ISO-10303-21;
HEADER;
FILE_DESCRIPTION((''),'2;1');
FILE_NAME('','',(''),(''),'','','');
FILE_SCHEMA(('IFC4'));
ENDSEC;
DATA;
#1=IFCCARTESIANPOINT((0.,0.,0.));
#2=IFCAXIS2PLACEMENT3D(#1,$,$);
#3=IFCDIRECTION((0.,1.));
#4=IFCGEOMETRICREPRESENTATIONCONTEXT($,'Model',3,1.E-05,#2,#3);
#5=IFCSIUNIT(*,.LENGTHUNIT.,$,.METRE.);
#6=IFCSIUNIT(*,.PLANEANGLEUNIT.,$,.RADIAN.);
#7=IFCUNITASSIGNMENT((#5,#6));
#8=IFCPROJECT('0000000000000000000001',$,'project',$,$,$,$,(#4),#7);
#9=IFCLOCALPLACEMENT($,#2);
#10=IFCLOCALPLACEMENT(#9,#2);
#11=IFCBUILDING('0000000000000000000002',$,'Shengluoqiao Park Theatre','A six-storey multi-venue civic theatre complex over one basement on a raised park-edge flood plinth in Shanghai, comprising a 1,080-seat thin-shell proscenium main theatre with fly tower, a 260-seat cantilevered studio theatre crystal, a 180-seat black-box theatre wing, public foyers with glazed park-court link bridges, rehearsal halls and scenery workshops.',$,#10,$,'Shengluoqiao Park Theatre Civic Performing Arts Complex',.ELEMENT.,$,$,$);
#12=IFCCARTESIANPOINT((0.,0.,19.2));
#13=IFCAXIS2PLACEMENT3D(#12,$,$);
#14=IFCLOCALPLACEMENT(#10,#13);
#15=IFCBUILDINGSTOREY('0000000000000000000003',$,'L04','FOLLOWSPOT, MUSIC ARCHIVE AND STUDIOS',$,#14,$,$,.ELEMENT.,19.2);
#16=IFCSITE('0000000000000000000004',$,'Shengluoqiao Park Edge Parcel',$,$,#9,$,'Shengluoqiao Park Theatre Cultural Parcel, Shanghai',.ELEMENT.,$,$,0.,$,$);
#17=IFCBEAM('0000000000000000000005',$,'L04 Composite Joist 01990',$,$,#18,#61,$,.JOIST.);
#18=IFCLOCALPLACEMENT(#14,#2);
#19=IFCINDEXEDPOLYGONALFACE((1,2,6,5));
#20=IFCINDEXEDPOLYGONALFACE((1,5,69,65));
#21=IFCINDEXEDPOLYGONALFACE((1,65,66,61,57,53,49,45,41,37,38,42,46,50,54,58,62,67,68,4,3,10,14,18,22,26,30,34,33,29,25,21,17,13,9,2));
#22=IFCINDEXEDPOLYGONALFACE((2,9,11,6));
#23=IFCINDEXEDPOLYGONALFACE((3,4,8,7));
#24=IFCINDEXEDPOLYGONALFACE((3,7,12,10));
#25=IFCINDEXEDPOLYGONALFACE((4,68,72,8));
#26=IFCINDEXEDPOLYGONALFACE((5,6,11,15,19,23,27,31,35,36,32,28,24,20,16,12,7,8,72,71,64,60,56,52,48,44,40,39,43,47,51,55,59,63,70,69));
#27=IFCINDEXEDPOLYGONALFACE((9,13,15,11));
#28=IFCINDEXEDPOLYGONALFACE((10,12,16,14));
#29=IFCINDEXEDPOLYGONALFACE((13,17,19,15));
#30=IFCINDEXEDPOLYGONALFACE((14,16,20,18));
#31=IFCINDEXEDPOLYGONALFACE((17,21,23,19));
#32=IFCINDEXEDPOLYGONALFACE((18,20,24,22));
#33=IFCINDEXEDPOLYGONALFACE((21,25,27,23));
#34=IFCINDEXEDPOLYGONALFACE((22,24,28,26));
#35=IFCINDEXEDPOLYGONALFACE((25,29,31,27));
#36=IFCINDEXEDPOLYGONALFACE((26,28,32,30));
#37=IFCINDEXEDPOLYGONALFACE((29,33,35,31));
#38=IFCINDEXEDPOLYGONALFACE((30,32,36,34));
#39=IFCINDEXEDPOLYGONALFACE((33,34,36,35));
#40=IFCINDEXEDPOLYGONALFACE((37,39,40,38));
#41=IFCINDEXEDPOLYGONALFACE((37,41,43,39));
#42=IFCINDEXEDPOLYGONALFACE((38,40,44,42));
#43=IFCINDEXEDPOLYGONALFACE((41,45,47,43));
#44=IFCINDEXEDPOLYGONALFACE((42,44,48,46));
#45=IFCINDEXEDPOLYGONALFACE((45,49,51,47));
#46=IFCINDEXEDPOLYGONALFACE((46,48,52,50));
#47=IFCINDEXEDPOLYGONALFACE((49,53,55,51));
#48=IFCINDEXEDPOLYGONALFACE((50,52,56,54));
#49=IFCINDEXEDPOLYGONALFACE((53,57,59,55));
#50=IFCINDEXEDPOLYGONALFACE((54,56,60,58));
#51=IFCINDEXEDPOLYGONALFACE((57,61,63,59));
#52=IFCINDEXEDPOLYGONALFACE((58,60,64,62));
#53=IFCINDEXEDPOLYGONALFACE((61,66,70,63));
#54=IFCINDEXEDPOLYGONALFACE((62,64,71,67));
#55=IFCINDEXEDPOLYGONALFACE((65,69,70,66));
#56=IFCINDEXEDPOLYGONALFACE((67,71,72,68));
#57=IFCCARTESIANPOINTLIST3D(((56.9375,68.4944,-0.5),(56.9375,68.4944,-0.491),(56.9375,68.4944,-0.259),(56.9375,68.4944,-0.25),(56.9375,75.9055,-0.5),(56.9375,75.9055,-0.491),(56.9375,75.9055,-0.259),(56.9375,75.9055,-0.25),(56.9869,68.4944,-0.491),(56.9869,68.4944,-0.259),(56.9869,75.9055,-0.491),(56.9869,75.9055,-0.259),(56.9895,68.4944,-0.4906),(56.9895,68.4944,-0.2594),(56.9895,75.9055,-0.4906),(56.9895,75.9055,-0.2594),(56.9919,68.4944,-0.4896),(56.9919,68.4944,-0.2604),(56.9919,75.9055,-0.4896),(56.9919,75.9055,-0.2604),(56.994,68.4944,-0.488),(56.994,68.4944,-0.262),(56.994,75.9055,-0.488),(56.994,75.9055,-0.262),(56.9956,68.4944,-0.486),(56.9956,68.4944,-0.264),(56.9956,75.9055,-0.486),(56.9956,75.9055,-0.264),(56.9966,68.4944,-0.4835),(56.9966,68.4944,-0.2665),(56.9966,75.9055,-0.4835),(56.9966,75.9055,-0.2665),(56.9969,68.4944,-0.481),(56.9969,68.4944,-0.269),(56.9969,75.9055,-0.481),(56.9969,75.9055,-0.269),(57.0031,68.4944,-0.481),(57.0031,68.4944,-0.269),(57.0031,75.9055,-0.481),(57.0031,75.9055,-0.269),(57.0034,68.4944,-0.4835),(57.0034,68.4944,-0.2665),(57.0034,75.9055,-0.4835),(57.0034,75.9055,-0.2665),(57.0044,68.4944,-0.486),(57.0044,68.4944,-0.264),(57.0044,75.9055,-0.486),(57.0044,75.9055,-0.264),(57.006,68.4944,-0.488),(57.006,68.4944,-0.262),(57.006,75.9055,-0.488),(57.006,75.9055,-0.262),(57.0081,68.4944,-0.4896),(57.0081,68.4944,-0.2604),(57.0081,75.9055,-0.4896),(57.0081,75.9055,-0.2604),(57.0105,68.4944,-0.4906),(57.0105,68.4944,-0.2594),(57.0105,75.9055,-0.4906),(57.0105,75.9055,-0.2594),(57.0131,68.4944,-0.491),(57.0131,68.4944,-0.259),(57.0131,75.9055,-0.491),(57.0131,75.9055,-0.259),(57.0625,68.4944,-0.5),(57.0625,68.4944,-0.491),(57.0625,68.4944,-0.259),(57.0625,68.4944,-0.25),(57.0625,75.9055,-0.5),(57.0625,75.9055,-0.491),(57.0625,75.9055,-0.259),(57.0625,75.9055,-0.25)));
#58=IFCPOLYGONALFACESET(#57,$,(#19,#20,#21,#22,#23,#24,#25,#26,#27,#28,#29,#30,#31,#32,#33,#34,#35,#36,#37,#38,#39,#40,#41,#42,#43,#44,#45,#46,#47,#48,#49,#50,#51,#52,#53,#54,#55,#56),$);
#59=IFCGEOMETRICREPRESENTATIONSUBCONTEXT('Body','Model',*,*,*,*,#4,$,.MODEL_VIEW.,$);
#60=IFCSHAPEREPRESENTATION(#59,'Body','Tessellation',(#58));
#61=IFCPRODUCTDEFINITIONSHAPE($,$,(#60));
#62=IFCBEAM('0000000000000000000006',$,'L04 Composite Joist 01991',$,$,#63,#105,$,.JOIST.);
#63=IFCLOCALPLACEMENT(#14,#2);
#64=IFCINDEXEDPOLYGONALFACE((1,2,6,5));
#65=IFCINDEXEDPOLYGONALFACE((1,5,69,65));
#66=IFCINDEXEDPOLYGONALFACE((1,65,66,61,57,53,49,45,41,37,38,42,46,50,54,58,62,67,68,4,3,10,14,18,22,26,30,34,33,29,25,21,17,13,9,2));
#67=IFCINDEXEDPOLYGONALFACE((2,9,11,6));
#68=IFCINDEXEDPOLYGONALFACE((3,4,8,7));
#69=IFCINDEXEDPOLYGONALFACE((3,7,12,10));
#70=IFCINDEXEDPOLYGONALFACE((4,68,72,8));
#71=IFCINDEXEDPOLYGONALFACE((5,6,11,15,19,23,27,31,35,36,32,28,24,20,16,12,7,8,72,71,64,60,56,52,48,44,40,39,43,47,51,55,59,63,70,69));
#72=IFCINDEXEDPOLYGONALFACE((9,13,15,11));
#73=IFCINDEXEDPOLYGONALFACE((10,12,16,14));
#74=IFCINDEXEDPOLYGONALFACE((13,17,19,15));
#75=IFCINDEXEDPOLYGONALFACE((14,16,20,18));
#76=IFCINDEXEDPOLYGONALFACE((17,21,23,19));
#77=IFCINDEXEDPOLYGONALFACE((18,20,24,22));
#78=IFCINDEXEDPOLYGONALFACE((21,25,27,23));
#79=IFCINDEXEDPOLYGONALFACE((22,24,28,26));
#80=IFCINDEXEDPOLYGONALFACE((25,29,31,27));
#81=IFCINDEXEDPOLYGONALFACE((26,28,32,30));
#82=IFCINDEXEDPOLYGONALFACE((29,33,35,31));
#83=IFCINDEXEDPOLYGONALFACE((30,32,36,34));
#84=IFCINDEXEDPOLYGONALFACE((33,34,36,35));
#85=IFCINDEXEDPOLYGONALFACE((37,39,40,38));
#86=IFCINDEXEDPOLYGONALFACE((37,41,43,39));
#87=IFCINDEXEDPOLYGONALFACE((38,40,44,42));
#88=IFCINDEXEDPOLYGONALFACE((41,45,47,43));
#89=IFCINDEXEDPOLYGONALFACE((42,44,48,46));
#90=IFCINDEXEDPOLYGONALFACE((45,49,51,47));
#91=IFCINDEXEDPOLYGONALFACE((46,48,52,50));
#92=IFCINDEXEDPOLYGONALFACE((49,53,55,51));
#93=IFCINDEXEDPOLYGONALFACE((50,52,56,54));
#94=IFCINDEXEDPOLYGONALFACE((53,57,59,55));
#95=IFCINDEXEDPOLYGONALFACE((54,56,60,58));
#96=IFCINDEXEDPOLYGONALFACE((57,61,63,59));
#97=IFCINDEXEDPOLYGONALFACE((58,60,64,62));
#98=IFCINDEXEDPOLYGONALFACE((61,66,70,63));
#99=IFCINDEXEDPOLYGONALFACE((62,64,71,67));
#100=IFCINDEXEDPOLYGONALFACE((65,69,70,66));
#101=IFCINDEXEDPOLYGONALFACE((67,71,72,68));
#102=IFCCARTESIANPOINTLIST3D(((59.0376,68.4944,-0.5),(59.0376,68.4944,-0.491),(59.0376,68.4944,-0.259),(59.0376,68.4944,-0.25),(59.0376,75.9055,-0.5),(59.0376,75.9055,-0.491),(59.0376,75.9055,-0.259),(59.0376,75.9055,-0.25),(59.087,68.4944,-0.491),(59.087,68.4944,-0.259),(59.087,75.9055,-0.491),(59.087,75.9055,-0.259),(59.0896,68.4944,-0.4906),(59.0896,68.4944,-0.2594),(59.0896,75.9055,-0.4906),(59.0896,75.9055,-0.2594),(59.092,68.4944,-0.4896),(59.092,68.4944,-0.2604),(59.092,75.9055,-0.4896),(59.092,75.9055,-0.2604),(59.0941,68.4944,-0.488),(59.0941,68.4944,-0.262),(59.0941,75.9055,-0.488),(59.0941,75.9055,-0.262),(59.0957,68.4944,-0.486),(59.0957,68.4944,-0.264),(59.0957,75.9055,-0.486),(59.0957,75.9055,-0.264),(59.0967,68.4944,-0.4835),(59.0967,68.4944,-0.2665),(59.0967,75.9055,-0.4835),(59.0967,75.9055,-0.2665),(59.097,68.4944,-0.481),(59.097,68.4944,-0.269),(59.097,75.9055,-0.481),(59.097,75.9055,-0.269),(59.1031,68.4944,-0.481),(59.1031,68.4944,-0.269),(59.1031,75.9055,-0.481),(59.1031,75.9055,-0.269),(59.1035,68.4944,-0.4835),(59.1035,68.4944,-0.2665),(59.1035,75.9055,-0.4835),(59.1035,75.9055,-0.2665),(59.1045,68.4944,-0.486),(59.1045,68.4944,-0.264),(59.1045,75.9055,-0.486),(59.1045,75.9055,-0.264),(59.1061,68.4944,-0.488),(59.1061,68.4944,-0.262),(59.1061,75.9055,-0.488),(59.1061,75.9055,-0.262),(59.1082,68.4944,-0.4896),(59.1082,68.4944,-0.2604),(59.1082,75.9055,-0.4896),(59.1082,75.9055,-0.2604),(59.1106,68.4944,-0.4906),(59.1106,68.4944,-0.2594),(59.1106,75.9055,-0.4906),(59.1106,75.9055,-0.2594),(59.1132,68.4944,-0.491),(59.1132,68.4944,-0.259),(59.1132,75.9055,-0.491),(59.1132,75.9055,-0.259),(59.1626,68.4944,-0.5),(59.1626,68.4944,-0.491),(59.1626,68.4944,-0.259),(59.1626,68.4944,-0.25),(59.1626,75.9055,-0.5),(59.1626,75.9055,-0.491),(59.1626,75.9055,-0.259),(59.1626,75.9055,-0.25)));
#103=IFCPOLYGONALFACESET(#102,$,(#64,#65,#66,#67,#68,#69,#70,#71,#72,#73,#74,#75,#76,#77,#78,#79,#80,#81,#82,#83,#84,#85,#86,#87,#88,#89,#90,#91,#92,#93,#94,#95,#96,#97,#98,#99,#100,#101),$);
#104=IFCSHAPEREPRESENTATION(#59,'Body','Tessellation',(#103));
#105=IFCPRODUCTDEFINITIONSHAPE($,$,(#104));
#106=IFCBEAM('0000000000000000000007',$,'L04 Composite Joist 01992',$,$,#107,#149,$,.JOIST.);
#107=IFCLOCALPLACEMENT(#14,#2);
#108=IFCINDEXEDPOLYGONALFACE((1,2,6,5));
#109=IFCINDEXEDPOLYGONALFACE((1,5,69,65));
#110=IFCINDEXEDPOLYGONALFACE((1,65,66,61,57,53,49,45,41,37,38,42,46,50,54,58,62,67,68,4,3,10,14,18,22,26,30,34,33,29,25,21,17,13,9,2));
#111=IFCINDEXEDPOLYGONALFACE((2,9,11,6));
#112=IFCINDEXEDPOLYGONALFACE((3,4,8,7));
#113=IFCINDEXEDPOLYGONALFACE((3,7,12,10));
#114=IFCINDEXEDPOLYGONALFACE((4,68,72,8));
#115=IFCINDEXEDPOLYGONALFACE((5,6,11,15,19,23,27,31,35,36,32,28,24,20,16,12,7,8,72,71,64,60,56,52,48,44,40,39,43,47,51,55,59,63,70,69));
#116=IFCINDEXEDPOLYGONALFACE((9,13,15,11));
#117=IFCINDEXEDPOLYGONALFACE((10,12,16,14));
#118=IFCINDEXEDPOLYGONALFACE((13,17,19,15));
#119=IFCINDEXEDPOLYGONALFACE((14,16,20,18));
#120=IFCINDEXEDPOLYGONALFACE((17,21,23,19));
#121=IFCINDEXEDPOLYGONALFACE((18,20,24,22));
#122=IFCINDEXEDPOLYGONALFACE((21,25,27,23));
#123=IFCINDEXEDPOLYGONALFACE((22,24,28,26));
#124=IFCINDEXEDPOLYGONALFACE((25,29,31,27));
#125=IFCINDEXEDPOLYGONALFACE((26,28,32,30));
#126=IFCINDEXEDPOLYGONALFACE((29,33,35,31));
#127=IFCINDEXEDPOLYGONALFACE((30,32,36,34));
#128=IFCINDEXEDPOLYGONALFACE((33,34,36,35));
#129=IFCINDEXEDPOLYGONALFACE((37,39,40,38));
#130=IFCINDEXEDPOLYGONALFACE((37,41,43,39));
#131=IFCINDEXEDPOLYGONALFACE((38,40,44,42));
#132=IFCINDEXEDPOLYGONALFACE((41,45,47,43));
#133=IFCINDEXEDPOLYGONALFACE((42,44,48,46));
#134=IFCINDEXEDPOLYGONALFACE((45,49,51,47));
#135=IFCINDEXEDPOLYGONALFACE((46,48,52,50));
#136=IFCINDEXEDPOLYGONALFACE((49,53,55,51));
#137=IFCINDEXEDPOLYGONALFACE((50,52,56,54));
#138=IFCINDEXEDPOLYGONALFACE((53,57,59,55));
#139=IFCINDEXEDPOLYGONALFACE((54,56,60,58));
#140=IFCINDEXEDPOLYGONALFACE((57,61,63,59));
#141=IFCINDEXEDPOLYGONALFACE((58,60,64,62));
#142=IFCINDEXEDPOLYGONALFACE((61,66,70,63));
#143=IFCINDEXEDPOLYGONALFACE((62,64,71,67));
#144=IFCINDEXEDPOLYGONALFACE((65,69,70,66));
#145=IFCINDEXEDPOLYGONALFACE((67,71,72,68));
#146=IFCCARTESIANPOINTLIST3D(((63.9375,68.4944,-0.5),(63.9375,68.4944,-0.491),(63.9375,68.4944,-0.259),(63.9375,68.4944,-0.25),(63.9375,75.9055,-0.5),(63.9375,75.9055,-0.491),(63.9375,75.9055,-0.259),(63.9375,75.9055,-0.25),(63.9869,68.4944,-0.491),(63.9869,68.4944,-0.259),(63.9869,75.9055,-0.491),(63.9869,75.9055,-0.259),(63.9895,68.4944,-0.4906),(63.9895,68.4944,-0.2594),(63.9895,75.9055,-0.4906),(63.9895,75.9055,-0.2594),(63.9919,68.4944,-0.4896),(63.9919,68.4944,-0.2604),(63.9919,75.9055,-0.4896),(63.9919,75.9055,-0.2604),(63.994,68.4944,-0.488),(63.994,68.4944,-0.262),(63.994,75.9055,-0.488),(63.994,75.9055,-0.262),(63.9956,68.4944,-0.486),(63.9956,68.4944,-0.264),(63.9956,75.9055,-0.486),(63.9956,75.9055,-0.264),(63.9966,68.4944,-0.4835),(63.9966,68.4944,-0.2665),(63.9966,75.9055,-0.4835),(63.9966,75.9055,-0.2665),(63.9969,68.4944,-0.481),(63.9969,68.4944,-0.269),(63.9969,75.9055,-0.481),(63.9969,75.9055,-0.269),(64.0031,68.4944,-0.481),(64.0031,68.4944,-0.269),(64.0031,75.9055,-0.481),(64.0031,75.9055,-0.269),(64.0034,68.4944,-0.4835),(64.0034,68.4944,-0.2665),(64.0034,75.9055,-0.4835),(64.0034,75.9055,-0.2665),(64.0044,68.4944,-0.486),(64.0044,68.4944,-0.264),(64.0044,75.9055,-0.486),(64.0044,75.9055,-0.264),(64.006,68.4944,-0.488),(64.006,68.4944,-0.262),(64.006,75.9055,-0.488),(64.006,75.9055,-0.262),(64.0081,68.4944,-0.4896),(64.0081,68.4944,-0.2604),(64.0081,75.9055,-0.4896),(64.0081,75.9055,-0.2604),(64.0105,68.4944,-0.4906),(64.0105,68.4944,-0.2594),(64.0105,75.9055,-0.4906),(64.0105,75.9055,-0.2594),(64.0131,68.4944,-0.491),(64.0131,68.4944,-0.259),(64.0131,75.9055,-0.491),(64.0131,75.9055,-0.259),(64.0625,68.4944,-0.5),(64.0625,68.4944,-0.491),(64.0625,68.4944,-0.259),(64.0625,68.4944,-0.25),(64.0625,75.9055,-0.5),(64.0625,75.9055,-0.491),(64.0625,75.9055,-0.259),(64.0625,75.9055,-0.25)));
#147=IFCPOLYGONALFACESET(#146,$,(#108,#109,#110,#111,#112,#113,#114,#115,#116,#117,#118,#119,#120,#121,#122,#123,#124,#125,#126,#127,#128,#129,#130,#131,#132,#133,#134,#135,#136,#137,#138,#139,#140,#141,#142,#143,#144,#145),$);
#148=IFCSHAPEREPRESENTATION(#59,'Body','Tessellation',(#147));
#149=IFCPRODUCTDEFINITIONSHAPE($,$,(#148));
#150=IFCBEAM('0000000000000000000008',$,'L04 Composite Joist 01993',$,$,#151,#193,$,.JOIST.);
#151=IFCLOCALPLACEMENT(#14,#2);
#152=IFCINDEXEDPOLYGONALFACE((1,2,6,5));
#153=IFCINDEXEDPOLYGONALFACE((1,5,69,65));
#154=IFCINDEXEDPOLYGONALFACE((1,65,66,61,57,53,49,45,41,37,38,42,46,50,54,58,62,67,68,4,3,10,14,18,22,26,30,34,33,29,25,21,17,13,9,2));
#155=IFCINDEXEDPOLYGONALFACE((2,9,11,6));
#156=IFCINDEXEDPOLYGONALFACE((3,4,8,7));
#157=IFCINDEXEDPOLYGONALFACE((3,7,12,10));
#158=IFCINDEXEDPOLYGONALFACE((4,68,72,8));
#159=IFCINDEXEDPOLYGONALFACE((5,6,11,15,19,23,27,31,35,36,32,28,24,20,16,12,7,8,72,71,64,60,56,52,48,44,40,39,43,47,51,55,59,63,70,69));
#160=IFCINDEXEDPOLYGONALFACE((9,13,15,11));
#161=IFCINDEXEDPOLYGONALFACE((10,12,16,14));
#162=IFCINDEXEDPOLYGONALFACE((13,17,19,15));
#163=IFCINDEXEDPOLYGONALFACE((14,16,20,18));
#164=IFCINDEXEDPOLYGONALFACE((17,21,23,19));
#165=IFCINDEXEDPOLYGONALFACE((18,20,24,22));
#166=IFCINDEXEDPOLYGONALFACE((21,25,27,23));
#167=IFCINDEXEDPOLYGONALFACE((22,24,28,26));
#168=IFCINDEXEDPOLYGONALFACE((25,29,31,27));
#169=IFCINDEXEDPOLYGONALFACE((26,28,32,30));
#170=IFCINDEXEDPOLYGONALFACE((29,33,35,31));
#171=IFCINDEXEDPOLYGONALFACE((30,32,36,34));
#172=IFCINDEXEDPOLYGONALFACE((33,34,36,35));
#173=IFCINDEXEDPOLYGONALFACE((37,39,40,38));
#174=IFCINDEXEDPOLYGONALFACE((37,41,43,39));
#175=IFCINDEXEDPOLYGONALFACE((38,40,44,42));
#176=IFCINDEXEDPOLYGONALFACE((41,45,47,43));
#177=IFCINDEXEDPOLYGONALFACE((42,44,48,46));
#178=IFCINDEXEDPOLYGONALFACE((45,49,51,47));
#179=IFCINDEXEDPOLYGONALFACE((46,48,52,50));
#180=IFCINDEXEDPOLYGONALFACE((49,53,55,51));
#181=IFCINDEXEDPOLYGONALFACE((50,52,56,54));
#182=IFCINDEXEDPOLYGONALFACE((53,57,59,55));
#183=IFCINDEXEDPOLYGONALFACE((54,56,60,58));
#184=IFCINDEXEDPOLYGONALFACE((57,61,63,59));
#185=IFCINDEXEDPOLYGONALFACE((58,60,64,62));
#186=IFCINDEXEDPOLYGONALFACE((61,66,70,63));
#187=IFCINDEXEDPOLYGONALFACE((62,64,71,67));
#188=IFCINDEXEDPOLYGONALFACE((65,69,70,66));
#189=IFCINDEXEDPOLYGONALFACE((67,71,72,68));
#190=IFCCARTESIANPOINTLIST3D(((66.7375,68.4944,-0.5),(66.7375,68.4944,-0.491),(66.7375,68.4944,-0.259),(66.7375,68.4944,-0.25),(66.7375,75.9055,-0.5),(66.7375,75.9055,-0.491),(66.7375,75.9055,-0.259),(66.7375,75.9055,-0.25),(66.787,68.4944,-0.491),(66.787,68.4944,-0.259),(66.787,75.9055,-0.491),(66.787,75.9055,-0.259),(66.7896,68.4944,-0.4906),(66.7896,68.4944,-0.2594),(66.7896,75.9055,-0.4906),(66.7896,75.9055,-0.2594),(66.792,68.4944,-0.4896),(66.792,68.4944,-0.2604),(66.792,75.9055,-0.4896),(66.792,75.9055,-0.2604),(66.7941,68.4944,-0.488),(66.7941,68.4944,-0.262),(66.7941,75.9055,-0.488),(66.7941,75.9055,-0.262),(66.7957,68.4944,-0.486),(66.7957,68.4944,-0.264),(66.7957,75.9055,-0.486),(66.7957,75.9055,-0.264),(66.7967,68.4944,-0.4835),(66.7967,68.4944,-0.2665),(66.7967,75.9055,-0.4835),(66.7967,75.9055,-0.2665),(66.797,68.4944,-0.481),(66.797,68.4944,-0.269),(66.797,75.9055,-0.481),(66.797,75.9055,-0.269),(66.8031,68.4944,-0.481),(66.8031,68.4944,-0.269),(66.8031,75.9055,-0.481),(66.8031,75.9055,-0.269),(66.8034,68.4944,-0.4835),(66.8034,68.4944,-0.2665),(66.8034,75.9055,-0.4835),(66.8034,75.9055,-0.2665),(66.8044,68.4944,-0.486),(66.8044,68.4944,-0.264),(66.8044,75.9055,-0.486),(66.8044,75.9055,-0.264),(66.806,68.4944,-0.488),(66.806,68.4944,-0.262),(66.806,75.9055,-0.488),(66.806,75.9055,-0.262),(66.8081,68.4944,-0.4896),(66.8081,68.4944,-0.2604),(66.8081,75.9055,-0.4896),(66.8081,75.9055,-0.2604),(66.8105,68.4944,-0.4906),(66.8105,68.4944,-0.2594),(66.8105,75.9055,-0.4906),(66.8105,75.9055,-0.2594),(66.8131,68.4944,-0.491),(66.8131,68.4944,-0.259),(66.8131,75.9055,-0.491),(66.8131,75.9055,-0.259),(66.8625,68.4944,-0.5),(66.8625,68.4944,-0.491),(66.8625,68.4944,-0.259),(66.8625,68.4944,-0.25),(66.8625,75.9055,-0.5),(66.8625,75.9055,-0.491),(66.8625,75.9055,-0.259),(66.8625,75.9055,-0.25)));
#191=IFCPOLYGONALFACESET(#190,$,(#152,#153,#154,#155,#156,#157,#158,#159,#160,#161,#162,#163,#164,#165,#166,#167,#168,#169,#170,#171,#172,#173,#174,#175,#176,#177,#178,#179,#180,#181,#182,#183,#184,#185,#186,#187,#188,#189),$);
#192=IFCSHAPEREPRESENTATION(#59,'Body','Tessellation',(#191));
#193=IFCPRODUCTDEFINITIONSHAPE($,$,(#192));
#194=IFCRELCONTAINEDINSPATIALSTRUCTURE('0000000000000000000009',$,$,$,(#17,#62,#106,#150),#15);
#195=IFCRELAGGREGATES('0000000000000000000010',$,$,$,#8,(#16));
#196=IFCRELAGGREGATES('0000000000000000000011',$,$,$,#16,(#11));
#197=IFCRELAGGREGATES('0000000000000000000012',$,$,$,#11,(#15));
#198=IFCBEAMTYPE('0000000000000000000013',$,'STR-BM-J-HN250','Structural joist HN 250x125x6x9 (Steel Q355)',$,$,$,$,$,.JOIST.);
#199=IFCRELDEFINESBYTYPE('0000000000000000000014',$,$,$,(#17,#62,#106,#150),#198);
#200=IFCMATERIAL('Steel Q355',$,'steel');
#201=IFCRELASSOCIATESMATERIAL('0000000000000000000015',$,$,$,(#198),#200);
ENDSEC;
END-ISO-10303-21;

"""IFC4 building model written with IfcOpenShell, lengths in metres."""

from ifc_helpers import new_model, si_unit, direction, frame, origin, origin_2d, place, context, subcontext, project, spatial, i_section, extrude, material, material_profile, profile_set, type_object, element, save


model = new_model("IFC4")

# Units and contexts
model_context = context("Model", 3, precision=1e-05, world=origin(), true_north=direction((0.0, 1.0)))
body_context = subcontext(model_context, "Body", "Model", "MODEL_VIEW")
ifc_project = project(units=[si_unit("LENGTHUNIT", "METRE"), si_unit("PLANEANGLEUNIT", "RADIAN")], contexts=[model_context])

# Site, building, storey
site_placement = place(None, origin())
site = spatial("IfcSite", under=ifc_project, at=site_placement, Name="Shengluoqiao Park Edge Parcel", LongName="Shengluoqiao Park Theatre Cultural Parcel, Shanghai", CompositionType="ELEMENT", RefElevation=0.0)
building_placement = place(site_placement, origin())
building = spatial("IfcBuilding", under=site, at=building_placement, Name="Shengluoqiao Park Theatre", Description="A six-storey multi-venue civic theatre complex over one basement on a raised park-edge flood plinth in Shanghai, comprising a 1,080-seat thin-shell proscenium main theatre with fly tower, a 260-seat cantilevered studio theatre crystal, a 180-seat black-box theatre wing, public foyers with glazed park-court link bridges, rehearsal halls and scenery workshops.", LongName="Shengluoqiao Park Theatre Civic Performing Arts Complex", CompositionType="ELEMENT")
storey_placement = place(building_placement, frame((0.0, 0.0, 19.2)))
storey = spatial("IfcBuildingStorey", under=building, at=storey_placement, Name="L04", Description="FOLLOWSPOT, MUSIC ARCHIVE AND STUDIOS", CompositionType="ELEMENT", Elevation=19.2)

# Beams
ifc_material_1 = material(Name="Steel Q355", Category="steel")
ifc_material_profile_1 = material_profile(ifc_material_1, i_section(OverallWidth=0.125, OverallDepth=0.25, WebThickness=0.0061, FlangeThickness=0.009, FilletRadius=0.01, at=origin_2d()), Name="HN 250x125x6x9")
ifc_profile_set_1 = profile_set([ifc_material_profile_1], Name="Steel Q355")
beam_type_1 = type_object("IfcBeamType", Name="STR-BM-J-HN250", Description="Structural joist HN 250x125x6x9 (Steel Q355)", PredefinedType="JOIST", material=ifc_profile_set_1)
for number, where, z_axis, x_axis, name in (
    (1, (57.0, 68.4944, -0.375), (0.0, 1.0, 0.0), (-1.0, 0.0, 0.0), "L04 Composite Joist 01990"),
    (2, (59.1001, 68.4944, -0.375), (0.0, 1.0, 0.0), (-1.0, 0.0, 0.0), "L04 Composite Joist 01991"),
    (3, (64.0, 68.4944, -0.375), (0.0, 1.0, 0.0), (-1.0, 0.0, 0.0), "L04 Composite Joist 01992"),
    (4, (66.8, 68.4944, -0.375), (0.0, 1.0, 0.0), (-1.0, 0.0, 0.0), "L04 Composite Joist 01993"),
):
    element("IfcBeam", number, at=place(storey_placement, frame(where, z_axis=z_axis, x_axis=x_axis)), inside=storey, type_object=beam_type_1, Name=name, PredefinedType="JOIST", context=body_context, shape_type="SweptSolid", body=[
        extrude(i_section(OverallWidth=0.125, OverallDepth=0.25, WebThickness=0.0061, FlangeThickness=0.009, FilletRadius=0.01, at=origin_2d()), origin(), (0.0, 0.0, 1.0), 7.4111),
    ])

save(model, "model.ifc")
